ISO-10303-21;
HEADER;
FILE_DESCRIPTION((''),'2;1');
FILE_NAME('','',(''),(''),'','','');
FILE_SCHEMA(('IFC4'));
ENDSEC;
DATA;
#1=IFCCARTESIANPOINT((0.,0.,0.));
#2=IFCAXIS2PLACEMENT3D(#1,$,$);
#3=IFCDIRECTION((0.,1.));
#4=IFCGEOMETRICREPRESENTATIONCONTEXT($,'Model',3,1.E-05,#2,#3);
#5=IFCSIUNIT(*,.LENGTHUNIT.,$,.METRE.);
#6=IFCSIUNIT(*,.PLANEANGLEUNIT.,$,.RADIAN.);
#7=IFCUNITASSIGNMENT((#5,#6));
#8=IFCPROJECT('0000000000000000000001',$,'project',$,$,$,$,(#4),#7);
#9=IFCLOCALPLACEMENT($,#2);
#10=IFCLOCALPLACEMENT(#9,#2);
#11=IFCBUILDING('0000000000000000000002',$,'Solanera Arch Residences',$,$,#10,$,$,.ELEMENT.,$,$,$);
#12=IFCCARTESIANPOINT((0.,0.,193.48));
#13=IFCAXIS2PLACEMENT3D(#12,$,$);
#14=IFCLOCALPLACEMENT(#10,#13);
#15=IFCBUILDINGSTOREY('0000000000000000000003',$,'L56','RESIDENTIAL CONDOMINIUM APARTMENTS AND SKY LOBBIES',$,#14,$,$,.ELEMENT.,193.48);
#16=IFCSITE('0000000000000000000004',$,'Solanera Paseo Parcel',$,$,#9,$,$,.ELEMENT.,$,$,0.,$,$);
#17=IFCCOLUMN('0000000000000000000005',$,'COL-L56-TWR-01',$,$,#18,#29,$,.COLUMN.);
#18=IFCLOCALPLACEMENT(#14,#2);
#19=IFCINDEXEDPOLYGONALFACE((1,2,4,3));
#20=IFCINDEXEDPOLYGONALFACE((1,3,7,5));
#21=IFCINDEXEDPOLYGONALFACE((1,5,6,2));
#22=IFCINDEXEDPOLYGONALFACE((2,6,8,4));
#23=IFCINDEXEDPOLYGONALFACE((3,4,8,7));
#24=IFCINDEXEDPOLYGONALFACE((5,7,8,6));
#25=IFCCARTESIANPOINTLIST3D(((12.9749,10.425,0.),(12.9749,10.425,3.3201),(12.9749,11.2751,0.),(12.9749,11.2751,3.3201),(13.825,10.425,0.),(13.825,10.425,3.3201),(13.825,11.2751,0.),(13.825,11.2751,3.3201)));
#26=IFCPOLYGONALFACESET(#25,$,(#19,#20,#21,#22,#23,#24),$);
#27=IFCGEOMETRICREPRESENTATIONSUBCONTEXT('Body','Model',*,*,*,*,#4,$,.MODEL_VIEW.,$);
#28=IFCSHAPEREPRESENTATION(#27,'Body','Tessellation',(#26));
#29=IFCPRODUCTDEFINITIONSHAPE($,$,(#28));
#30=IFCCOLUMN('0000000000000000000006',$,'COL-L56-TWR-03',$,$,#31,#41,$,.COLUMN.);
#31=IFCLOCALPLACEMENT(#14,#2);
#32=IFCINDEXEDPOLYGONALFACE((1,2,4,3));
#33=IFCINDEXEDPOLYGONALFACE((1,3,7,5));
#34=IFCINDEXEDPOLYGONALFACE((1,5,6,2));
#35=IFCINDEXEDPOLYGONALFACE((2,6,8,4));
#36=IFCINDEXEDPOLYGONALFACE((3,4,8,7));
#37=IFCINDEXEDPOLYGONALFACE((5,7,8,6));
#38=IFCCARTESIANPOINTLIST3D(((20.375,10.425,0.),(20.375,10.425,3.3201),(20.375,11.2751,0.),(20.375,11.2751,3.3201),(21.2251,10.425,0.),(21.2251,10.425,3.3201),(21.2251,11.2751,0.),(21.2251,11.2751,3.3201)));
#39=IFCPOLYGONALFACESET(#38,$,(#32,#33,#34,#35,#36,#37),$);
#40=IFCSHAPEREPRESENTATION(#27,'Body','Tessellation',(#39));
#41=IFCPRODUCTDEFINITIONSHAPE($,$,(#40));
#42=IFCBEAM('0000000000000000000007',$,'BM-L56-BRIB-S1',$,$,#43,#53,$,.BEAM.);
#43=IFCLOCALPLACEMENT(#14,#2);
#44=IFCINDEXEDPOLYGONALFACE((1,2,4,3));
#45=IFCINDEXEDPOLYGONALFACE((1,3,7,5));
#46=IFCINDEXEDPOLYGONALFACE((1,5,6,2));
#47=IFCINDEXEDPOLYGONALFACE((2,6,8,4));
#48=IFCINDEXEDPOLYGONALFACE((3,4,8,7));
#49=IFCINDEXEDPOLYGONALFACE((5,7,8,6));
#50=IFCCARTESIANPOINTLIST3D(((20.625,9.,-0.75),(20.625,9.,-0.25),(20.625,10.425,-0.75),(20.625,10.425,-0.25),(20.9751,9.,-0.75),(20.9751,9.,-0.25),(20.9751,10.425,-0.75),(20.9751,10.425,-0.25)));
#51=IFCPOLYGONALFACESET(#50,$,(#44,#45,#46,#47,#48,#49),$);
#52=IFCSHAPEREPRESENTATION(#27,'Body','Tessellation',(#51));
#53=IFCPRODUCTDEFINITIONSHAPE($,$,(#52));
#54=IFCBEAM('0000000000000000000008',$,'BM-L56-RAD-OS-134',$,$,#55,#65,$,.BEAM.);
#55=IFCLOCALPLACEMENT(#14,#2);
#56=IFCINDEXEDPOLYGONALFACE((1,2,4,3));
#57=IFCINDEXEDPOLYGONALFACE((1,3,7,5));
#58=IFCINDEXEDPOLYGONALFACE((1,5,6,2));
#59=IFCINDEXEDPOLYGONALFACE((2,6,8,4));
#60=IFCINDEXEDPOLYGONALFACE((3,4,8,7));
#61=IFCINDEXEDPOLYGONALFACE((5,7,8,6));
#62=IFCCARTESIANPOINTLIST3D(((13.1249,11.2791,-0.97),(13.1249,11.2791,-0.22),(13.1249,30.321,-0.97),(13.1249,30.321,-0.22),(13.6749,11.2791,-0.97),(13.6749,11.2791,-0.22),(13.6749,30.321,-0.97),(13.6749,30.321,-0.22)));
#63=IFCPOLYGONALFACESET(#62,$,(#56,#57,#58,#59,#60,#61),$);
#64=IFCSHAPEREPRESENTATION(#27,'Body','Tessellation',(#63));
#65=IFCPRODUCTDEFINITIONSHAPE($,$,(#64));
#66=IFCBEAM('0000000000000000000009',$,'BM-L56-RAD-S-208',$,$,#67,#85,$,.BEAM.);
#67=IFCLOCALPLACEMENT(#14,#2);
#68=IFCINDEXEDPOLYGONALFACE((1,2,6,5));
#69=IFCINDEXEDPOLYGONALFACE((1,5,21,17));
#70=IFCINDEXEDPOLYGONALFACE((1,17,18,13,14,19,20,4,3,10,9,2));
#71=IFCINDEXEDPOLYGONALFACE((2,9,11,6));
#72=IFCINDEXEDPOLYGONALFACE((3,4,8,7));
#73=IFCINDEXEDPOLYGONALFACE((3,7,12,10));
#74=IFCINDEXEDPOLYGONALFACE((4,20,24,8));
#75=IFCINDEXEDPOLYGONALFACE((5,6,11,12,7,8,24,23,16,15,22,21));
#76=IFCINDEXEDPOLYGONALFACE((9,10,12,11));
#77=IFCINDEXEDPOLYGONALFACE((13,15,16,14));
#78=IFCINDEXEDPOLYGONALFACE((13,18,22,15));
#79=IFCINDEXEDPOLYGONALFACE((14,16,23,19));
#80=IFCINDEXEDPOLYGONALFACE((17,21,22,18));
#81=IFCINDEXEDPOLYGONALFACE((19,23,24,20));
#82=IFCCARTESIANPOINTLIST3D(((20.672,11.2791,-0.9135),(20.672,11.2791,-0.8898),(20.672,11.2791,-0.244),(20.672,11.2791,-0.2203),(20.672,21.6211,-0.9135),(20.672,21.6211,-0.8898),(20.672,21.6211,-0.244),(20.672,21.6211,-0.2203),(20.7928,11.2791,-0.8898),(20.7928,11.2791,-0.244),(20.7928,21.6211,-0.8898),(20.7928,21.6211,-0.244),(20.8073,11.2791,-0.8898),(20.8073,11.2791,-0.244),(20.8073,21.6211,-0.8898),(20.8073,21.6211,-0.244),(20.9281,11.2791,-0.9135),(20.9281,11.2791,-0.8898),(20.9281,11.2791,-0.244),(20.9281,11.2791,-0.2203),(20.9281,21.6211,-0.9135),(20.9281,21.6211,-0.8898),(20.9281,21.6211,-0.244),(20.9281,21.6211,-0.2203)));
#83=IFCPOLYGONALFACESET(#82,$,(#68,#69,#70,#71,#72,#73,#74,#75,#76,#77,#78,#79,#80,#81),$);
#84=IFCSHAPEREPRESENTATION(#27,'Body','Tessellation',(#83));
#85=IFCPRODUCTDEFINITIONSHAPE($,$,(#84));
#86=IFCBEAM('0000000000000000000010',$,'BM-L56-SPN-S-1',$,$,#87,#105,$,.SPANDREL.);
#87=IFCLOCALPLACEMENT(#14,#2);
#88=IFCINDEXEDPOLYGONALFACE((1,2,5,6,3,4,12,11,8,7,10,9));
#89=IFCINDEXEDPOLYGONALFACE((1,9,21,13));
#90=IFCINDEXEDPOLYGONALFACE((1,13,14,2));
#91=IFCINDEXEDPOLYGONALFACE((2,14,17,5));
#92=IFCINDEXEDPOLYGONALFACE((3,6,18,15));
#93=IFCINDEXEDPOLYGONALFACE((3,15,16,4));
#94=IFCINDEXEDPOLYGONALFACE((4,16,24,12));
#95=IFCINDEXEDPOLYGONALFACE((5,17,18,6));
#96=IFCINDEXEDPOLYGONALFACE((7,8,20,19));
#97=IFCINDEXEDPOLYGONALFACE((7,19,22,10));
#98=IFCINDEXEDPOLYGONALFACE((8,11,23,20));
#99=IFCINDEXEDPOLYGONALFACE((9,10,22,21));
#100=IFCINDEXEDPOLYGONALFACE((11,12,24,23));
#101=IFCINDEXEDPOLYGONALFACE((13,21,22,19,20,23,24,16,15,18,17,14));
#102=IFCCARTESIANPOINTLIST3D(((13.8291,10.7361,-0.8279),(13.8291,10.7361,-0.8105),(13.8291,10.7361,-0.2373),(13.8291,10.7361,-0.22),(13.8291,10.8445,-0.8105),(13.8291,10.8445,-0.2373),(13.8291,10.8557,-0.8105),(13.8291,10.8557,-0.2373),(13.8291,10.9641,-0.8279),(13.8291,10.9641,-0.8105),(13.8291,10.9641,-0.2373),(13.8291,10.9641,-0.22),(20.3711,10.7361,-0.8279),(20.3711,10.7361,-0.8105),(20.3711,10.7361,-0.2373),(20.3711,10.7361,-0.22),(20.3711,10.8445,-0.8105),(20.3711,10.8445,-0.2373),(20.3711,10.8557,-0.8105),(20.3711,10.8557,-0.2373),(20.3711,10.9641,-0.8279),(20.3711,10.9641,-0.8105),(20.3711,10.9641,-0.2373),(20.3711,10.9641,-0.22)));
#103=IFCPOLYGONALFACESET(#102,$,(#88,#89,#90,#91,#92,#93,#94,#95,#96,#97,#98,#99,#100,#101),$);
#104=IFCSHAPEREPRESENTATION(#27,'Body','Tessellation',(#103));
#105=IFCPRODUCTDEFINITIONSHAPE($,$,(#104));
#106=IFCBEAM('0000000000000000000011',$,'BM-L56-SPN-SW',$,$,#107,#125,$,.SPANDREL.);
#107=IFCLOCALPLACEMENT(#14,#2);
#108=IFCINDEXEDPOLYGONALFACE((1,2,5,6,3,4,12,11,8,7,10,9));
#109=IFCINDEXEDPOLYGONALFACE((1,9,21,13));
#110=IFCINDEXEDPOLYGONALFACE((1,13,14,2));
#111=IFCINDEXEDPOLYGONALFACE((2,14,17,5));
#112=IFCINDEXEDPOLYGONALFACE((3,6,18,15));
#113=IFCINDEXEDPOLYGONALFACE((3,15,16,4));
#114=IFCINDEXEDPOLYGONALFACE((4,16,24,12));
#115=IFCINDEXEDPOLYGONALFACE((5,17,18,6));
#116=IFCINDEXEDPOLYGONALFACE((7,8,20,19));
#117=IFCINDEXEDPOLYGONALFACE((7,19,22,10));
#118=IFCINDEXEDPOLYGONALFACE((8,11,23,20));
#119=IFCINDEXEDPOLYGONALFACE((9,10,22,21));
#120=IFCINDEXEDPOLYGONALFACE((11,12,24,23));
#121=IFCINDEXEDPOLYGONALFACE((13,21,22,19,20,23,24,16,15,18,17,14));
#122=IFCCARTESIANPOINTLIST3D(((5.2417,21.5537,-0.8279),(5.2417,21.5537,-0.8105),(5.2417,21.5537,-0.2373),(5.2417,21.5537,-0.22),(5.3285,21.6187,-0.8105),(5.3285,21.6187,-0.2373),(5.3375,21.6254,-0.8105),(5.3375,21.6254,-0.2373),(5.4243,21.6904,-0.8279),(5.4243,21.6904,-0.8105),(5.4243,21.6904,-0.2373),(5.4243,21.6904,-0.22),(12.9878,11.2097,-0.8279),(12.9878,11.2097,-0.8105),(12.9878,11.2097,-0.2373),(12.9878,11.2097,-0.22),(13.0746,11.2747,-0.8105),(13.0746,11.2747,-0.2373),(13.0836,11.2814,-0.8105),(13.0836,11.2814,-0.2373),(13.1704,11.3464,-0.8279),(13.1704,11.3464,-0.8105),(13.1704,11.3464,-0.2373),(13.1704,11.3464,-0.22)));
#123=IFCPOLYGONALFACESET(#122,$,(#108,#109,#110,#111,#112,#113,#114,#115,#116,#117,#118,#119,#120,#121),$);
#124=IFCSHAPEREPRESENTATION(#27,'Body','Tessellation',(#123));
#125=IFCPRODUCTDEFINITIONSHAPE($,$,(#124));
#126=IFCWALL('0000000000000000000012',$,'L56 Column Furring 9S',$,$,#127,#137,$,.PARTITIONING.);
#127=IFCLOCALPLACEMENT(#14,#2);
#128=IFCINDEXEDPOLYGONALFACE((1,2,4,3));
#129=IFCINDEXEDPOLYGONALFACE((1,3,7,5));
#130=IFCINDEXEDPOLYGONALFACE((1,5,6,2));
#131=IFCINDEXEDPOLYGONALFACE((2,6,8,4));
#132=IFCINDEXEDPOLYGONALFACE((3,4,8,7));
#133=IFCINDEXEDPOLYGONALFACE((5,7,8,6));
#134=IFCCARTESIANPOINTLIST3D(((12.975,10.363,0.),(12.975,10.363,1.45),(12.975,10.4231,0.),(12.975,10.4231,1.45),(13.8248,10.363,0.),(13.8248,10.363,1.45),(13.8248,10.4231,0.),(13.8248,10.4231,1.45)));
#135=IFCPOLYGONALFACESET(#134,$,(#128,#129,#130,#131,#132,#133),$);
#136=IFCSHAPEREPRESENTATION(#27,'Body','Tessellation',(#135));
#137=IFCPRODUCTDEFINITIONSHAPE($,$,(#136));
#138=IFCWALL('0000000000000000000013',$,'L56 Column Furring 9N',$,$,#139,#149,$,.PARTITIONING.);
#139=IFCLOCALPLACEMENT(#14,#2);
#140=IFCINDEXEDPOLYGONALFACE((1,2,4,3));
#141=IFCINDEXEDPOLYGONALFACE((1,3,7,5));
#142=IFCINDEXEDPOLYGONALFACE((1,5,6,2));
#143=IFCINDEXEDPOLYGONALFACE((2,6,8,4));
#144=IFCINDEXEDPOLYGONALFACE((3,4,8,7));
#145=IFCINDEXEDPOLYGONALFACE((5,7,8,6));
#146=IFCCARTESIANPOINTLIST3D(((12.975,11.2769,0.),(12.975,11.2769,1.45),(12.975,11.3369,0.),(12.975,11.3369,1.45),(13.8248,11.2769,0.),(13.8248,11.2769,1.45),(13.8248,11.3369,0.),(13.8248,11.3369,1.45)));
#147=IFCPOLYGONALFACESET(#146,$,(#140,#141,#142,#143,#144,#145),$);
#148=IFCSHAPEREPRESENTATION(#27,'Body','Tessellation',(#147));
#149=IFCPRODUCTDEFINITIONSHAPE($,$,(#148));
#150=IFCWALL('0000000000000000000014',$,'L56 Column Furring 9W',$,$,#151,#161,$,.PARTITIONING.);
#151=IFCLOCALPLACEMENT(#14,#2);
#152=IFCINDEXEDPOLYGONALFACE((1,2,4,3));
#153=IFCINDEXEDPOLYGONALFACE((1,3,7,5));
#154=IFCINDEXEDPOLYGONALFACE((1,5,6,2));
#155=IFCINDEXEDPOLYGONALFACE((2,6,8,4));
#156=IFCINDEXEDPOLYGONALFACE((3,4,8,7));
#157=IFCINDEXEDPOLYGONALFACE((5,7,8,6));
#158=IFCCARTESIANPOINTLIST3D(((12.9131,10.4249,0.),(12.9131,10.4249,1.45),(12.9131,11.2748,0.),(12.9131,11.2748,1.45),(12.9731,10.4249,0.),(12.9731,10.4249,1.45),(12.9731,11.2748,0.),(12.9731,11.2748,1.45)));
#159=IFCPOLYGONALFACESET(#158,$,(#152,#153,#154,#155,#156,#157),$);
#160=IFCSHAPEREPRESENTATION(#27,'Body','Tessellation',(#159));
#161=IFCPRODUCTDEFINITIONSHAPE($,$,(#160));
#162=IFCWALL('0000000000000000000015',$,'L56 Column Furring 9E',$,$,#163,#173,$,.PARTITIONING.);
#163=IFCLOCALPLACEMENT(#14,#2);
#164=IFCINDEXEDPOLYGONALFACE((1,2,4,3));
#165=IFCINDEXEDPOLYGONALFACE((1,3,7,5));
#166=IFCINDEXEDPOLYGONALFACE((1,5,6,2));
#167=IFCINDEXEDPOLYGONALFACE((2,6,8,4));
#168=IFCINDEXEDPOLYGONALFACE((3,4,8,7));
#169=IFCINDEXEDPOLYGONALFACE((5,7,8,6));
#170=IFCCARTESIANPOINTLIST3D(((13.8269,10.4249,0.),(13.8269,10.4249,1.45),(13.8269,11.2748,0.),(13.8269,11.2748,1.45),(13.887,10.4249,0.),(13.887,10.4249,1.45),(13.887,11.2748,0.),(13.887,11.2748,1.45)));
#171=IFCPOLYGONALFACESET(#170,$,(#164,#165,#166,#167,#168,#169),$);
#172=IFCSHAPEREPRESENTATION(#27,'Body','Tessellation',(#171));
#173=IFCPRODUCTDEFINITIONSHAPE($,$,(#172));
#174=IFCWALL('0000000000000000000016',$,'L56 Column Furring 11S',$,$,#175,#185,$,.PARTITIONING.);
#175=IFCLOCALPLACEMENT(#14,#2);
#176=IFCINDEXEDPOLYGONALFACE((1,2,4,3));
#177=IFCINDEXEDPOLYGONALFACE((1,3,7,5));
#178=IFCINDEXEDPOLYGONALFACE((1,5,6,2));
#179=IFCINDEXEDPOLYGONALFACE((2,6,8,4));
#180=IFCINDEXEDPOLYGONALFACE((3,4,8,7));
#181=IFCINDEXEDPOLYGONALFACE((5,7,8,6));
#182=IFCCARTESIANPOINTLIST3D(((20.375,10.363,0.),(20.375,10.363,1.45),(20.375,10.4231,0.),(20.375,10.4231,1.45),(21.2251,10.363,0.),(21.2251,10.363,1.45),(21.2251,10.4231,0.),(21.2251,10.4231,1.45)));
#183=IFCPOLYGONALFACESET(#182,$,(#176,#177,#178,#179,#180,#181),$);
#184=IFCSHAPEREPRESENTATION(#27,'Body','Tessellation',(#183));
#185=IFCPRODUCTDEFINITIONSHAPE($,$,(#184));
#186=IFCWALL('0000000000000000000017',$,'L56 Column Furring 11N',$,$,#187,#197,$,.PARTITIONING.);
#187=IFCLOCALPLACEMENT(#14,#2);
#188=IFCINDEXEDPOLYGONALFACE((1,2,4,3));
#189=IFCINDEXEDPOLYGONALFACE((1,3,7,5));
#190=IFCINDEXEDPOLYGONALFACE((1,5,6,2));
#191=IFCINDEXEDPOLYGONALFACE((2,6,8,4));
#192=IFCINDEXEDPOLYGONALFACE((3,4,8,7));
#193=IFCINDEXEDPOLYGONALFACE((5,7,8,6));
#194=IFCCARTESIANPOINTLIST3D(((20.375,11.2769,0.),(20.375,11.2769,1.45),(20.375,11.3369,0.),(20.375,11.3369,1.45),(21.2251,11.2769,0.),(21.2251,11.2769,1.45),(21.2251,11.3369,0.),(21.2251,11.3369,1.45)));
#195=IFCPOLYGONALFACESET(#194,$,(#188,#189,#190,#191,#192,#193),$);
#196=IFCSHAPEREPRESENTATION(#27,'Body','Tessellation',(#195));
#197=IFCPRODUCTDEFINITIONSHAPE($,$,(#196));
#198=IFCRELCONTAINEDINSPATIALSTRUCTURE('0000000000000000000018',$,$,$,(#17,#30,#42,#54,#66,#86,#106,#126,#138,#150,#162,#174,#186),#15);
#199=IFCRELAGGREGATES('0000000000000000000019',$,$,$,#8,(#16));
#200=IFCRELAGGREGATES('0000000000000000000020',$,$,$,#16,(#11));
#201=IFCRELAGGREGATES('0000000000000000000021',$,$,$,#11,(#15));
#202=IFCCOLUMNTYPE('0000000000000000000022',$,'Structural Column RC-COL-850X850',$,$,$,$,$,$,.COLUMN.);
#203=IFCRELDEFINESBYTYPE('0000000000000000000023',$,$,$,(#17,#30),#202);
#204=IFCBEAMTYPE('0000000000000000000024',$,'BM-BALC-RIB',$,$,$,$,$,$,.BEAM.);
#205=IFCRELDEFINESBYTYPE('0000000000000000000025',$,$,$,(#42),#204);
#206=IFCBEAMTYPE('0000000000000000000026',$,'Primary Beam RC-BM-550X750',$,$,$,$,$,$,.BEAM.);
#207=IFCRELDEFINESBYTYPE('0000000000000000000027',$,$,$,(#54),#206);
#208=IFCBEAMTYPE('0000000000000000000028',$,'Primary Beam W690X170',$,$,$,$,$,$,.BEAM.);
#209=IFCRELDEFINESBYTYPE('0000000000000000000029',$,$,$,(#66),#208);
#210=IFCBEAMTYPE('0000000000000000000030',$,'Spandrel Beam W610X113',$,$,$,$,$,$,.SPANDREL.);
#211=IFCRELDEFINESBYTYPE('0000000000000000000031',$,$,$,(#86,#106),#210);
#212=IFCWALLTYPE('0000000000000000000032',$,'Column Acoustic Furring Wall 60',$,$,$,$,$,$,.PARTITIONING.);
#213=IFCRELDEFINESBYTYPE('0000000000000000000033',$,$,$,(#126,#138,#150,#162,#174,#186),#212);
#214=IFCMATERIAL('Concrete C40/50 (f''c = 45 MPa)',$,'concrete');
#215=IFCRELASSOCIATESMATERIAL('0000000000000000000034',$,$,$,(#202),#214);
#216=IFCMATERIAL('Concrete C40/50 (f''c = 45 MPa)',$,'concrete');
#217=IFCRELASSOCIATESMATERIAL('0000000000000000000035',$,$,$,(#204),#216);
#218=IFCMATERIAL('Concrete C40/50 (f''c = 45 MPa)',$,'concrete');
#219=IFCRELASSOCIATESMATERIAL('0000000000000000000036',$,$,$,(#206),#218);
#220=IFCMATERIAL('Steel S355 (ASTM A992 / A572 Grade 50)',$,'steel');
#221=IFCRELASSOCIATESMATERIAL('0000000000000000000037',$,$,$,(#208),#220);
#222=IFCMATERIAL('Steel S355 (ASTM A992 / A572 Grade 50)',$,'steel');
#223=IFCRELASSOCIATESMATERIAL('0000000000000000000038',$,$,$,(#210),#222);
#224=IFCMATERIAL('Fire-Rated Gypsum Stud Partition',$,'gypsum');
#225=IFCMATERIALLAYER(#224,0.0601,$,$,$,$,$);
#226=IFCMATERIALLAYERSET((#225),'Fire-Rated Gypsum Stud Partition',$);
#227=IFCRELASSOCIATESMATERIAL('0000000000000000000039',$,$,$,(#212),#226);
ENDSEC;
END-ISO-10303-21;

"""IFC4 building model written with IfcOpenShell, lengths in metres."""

from ifc_helpers import new_model, si_unit, direction, frame, frame_2d, origin, origin_2d, place, context, subcontext, project, spatial, rectangle, i_section, extrude, material, layer, layer_set, material_profile, profile_set, type_object, element, save


model = new_model("IFC4")

# Units and contexts
model_context = context("Model", 3, precision=1e-05, world=origin(), true_north=direction((0.0, 1.0)))
body_context = subcontext(model_context, "Body", "Model", "MODEL_VIEW")
ifc_project = project(units=[si_unit("LENGTHUNIT", "METRE"), si_unit("PLANEANGLEUNIT", "RADIAN")], contexts=[model_context])

# Site, building, storey
site_placement = place(None, origin())
site = spatial("IfcSite", under=ifc_project, at=site_placement, Name="Solanera Paseo Parcel", CompositionType="ELEMENT", RefElevation=0.0)
building_placement = place(site_placement, origin())
building = spatial("IfcBuilding", under=site, at=building_placement, Name="Solanera Arch Residences", CompositionType="ELEMENT")
storey_placement = place(building_placement, frame((0.0, 0.0, 193.48)))
storey = spatial("IfcBuildingStorey", under=building, at=storey_placement, Name="L56", Description="RESIDENTIAL CONDOMINIUM APARTMENTS AND SKY LOBBIES", CompositionType="ELEMENT", Elevation=193.48)

# Columns
ifc_material_1 = material(Name="Concrete C40/50 (f'c = 45 MPa)", Category="concrete")
ifc_material_profile_1 = material_profile(ifc_material_1, rectangle(XDim=0.8501, YDim=0.8501, at=origin_2d()))
ifc_profile_set_1 = profile_set([ifc_material_profile_1], Name="Concrete C40/50 (f'c = 45 MPa)")
column_type = type_object("IfcColumnType", Name="Structural Column RC-COL-850X850", PredefinedType="COLUMN", material=ifc_profile_set_1)
for number, where, z_axis, x_axis, name in (
    (1, (13.3999, 10.8501, 0.0), (0.0, 0.0, 1.0), (1.0, 0.0, 0.0), "COL-L56-TWR-01"),
    (2, (20.8, 10.8501, 0.0), (0.0, 0.0, 1.0), (1.0, 0.0, 0.0), "COL-L56-TWR-03"),
):
    element("IfcColumn", number, at=place(storey_placement, frame(where, z_axis=z_axis, x_axis=x_axis)), inside=storey, type_object=column_type, Name=name, PredefinedType="COLUMN", context=body_context, shape_type="SweptSolid", body=[
        extrude(rectangle(XDim=0.8501, YDim=0.8501, at=origin_2d()), origin(), (0.0, 0.0, 1.0), 3.3201),
    ])

# Beams
ifc_material_2 = material(Name="Concrete C40/50 (f'c = 45 MPa)", Category="concrete")
ifc_material_profile_2 = material_profile(ifc_material_2, rectangle(XDim=0.3501, YDim=0.5, at=origin_2d()))
ifc_profile_set_2 = profile_set([ifc_material_profile_2], Name="Concrete C40/50 (f'c = 45 MPa)")
beam_type_1 = type_object("IfcBeamType", Name="BM-BALC-RIB", PredefinedType="BEAM", material=ifc_profile_set_2)
beam_1_placement = place(storey_placement, frame((20.8, 9.0, -0.5), z_axis=(0.0, 1.0, 0.0), x_axis=(-1.0, 0.0, 0.0)))
element("IfcBeam", 3, at=beam_1_placement, inside=storey, type_object=beam_type_1, Name="BM-L56-BRIB-S1", PredefinedType="BEAM", context=body_context, shape_type="SweptSolid", body=[
    extrude(rectangle(XDim=0.3501, YDim=0.5, at=origin_2d()), origin(), (0.0, 0.0, 1.0), 1.425),
])
ifc_material_3 = material(Name="Concrete C40/50 (f'c = 45 MPa)", Category="concrete")
ifc_material_profile_3 = material_profile(ifc_material_3, rectangle(XDim=0.55, YDim=0.75, at=origin_2d()))
ifc_profile_set_3 = profile_set([ifc_material_profile_3], Name="Concrete C40/50 (f'c = 45 MPa)")
beam_type_2 = type_object("IfcBeamType", Name="Primary Beam RC-BM-550X750", PredefinedType="BEAM", material=ifc_profile_set_3)
beam_2_placement = place(storey_placement, frame((13.3999, 11.2791, -0.595), z_axis=(0.0, 1.0, 0.0), x_axis=(-1.0, 0.0, 0.0)))
element("IfcBeam", 4, at=beam_2_placement, inside=storey, type_object=beam_type_2, Name="BM-L56-RAD-OS-134", PredefinedType="BEAM", context=body_context, shape_type="SweptSolid", body=[
    extrude(rectangle(XDim=0.55, YDim=0.75, at=origin_2d()), origin(), (0.0, 0.0, 1.0), 19.042),
])
ifc_material_4 = material(Name="Steel S355 (ASTM A992 / A572 Grade 50)", Category="steel")
ifc_material_profile_4 = material_profile(ifc_material_4, i_section(OverallWidth=0.2561, OverallDepth=0.6931, WebThickness=0.0144, FlangeThickness=0.0237, at=origin_2d()))
ifc_profile_set_4 = profile_set([ifc_material_profile_4], Name="Steel S355 (ASTM A992 / A572 Grade 50)")
beam_type_3 = type_object("IfcBeamType", Name="Primary Beam W690X170", PredefinedType="BEAM", material=ifc_profile_set_4)
beam_3_placement = place(storey_placement, frame((20.8, 11.2791, -0.5669), z_axis=(0.0, 1.0, 0.0), x_axis=(-1.0, 0.0, 0.0)))
element("IfcBeam", 5, at=beam_3_placement, inside=storey, type_object=beam_type_3, Name="BM-L56-RAD-S-208", PredefinedType="BEAM", context=body_context, shape_type="SweptSolid", body=[
    extrude(i_section(OverallWidth=0.2561, OverallDepth=0.6931, WebThickness=0.0144, FlangeThickness=0.0237, at=origin_2d()), origin(), (0.0, 0.0, 1.0), 10.342),
])
ifc_material_5 = material(Name="Steel S355 (ASTM A992 / A572 Grade 50)", Category="steel")
ifc_material_profile_5 = material_profile(ifc_material_5, i_section(OverallWidth=0.228, OverallDepth=0.6079, WebThickness=0.0112, FlangeThickness=0.0173, at=origin_2d()))
ifc_profile_set_5 = profile_set([ifc_material_profile_5], Name="Steel S355 (ASTM A992 / A572 Grade 50)")
beam_type_4 = type_object("IfcBeamType", Name="Spandrel Beam W610X113", PredefinedType="SPANDREL", material=ifc_profile_set_5)
beam_4_placement = place(storey_placement, frame((13.8291, 10.8501, -0.5239), z_axis=(1.0, 0.0, 0.0), x_axis=(0.0, 1.0, 0.0)))
element("IfcBeam", 6, at=beam_4_placement, inside=storey, type_object=beam_type_4, Name="BM-L56-SPN-S-1", PredefinedType="SPANDREL", context=body_context, shape_type="SweptSolid", body=[
    extrude(i_section(OverallWidth=0.228, OverallDepth=0.6079, WebThickness=0.0112, FlangeThickness=0.0173, at=origin_2d()), origin(), (0.0, 0.0, 1.0), 6.542),
])
beam_5_placement = place(storey_placement, frame((13.0791, 11.2781, -0.5239), z_axis=(-0.59941, 0.800442, 0.0), x_axis=(-0.800442, -0.59941, 0.0)))
element("IfcBeam", 7, at=beam_5_placement, inside=storey, type_object=beam_type_4, Name="BM-L56-SPN-SW", PredefinedType="SPANDREL", context=body_context, shape_type="SweptSolid", body=[
    extrude(i_section(OverallWidth=0.228, OverallDepth=0.6079, WebThickness=0.0112, FlangeThickness=0.0173, at=origin_2d()), origin(), (0.0, 0.0, 1.0), 12.9229),
])

# Walls
ifc_material_6 = material(Name="Fire-Rated Gypsum Stud Partition", Category="gypsum")
ifc_layer_1 = layer(ifc_material_6, 0.0601)
ifc_layer_set_1 = layer_set([ifc_layer_1], Name="Fire-Rated Gypsum Stud Partition")
wall_type_1 = type_object("IfcWallType", Name="Column Acoustic Furring Wall 60", PredefinedType="PARTITIONING", material=ifc_layer_set_1)
for number, where, z_axis, x_axis, name in (
    (8, (12.9751, 10.3931, 0.0), (0.0, 0.0, 1.0), (1.0, 0.0, 0.0), "L56 Column Furring 9S"),
    (9, (12.9751, 11.3069, 0.0), (0.0, 0.0, 1.0), (1.0, 0.0, 0.0), "L56 Column Furring 9N"),
    (10, (12.9431, 10.425, 0.0), (0.0, 0.0, 1.0), (0.0, 1.0, 0.0), "L56 Column Furring 9W"),
    (11, (13.8569, 10.425, 0.0), (0.0, 0.0, 1.0), (0.0, 1.0, 0.0), "L56 Column Furring 9E"),
):
    element("IfcWall", number, at=place(storey_placement, frame(where, z_axis=z_axis, x_axis=x_axis)), inside=storey, type_object=wall_type_1, Name=name, PredefinedType="PARTITIONING", context=body_context, shape_type="SweptSolid", body=[
        extrude(rectangle(XDim=0.8499, YDim=0.0601, at=frame_2d((0.4248, 0.0))), origin(), (0.0, 0.0, 1.0), 1.45),
    ])
for number, where, z_axis, x_axis, name in (
    (12, (20.375, 10.3931, 0.0), (0.0, 0.0, 1.0), (1.0, 0.0, 0.0), "L56 Column Furring 11S"),
    (13, (20.375, 11.3069, 0.0), (0.0, 0.0, 1.0), (1.0, 0.0, 0.0), "L56 Column Furring 11N"),
):
    element("IfcWall", number, at=place(storey_placement, frame(where, z_axis=z_axis, x_axis=x_axis)), inside=storey, type_object=wall_type_1, Name=name, PredefinedType="PARTITIONING", context=body_context, shape_type="SweptSolid", body=[
        extrude(rectangle(XDim=0.8501, YDim=0.0601, at=frame_2d((0.425, 0.0))), origin(), (0.0, 0.0, 1.0), 1.45),
    ])

save(model, "model.ifc")
